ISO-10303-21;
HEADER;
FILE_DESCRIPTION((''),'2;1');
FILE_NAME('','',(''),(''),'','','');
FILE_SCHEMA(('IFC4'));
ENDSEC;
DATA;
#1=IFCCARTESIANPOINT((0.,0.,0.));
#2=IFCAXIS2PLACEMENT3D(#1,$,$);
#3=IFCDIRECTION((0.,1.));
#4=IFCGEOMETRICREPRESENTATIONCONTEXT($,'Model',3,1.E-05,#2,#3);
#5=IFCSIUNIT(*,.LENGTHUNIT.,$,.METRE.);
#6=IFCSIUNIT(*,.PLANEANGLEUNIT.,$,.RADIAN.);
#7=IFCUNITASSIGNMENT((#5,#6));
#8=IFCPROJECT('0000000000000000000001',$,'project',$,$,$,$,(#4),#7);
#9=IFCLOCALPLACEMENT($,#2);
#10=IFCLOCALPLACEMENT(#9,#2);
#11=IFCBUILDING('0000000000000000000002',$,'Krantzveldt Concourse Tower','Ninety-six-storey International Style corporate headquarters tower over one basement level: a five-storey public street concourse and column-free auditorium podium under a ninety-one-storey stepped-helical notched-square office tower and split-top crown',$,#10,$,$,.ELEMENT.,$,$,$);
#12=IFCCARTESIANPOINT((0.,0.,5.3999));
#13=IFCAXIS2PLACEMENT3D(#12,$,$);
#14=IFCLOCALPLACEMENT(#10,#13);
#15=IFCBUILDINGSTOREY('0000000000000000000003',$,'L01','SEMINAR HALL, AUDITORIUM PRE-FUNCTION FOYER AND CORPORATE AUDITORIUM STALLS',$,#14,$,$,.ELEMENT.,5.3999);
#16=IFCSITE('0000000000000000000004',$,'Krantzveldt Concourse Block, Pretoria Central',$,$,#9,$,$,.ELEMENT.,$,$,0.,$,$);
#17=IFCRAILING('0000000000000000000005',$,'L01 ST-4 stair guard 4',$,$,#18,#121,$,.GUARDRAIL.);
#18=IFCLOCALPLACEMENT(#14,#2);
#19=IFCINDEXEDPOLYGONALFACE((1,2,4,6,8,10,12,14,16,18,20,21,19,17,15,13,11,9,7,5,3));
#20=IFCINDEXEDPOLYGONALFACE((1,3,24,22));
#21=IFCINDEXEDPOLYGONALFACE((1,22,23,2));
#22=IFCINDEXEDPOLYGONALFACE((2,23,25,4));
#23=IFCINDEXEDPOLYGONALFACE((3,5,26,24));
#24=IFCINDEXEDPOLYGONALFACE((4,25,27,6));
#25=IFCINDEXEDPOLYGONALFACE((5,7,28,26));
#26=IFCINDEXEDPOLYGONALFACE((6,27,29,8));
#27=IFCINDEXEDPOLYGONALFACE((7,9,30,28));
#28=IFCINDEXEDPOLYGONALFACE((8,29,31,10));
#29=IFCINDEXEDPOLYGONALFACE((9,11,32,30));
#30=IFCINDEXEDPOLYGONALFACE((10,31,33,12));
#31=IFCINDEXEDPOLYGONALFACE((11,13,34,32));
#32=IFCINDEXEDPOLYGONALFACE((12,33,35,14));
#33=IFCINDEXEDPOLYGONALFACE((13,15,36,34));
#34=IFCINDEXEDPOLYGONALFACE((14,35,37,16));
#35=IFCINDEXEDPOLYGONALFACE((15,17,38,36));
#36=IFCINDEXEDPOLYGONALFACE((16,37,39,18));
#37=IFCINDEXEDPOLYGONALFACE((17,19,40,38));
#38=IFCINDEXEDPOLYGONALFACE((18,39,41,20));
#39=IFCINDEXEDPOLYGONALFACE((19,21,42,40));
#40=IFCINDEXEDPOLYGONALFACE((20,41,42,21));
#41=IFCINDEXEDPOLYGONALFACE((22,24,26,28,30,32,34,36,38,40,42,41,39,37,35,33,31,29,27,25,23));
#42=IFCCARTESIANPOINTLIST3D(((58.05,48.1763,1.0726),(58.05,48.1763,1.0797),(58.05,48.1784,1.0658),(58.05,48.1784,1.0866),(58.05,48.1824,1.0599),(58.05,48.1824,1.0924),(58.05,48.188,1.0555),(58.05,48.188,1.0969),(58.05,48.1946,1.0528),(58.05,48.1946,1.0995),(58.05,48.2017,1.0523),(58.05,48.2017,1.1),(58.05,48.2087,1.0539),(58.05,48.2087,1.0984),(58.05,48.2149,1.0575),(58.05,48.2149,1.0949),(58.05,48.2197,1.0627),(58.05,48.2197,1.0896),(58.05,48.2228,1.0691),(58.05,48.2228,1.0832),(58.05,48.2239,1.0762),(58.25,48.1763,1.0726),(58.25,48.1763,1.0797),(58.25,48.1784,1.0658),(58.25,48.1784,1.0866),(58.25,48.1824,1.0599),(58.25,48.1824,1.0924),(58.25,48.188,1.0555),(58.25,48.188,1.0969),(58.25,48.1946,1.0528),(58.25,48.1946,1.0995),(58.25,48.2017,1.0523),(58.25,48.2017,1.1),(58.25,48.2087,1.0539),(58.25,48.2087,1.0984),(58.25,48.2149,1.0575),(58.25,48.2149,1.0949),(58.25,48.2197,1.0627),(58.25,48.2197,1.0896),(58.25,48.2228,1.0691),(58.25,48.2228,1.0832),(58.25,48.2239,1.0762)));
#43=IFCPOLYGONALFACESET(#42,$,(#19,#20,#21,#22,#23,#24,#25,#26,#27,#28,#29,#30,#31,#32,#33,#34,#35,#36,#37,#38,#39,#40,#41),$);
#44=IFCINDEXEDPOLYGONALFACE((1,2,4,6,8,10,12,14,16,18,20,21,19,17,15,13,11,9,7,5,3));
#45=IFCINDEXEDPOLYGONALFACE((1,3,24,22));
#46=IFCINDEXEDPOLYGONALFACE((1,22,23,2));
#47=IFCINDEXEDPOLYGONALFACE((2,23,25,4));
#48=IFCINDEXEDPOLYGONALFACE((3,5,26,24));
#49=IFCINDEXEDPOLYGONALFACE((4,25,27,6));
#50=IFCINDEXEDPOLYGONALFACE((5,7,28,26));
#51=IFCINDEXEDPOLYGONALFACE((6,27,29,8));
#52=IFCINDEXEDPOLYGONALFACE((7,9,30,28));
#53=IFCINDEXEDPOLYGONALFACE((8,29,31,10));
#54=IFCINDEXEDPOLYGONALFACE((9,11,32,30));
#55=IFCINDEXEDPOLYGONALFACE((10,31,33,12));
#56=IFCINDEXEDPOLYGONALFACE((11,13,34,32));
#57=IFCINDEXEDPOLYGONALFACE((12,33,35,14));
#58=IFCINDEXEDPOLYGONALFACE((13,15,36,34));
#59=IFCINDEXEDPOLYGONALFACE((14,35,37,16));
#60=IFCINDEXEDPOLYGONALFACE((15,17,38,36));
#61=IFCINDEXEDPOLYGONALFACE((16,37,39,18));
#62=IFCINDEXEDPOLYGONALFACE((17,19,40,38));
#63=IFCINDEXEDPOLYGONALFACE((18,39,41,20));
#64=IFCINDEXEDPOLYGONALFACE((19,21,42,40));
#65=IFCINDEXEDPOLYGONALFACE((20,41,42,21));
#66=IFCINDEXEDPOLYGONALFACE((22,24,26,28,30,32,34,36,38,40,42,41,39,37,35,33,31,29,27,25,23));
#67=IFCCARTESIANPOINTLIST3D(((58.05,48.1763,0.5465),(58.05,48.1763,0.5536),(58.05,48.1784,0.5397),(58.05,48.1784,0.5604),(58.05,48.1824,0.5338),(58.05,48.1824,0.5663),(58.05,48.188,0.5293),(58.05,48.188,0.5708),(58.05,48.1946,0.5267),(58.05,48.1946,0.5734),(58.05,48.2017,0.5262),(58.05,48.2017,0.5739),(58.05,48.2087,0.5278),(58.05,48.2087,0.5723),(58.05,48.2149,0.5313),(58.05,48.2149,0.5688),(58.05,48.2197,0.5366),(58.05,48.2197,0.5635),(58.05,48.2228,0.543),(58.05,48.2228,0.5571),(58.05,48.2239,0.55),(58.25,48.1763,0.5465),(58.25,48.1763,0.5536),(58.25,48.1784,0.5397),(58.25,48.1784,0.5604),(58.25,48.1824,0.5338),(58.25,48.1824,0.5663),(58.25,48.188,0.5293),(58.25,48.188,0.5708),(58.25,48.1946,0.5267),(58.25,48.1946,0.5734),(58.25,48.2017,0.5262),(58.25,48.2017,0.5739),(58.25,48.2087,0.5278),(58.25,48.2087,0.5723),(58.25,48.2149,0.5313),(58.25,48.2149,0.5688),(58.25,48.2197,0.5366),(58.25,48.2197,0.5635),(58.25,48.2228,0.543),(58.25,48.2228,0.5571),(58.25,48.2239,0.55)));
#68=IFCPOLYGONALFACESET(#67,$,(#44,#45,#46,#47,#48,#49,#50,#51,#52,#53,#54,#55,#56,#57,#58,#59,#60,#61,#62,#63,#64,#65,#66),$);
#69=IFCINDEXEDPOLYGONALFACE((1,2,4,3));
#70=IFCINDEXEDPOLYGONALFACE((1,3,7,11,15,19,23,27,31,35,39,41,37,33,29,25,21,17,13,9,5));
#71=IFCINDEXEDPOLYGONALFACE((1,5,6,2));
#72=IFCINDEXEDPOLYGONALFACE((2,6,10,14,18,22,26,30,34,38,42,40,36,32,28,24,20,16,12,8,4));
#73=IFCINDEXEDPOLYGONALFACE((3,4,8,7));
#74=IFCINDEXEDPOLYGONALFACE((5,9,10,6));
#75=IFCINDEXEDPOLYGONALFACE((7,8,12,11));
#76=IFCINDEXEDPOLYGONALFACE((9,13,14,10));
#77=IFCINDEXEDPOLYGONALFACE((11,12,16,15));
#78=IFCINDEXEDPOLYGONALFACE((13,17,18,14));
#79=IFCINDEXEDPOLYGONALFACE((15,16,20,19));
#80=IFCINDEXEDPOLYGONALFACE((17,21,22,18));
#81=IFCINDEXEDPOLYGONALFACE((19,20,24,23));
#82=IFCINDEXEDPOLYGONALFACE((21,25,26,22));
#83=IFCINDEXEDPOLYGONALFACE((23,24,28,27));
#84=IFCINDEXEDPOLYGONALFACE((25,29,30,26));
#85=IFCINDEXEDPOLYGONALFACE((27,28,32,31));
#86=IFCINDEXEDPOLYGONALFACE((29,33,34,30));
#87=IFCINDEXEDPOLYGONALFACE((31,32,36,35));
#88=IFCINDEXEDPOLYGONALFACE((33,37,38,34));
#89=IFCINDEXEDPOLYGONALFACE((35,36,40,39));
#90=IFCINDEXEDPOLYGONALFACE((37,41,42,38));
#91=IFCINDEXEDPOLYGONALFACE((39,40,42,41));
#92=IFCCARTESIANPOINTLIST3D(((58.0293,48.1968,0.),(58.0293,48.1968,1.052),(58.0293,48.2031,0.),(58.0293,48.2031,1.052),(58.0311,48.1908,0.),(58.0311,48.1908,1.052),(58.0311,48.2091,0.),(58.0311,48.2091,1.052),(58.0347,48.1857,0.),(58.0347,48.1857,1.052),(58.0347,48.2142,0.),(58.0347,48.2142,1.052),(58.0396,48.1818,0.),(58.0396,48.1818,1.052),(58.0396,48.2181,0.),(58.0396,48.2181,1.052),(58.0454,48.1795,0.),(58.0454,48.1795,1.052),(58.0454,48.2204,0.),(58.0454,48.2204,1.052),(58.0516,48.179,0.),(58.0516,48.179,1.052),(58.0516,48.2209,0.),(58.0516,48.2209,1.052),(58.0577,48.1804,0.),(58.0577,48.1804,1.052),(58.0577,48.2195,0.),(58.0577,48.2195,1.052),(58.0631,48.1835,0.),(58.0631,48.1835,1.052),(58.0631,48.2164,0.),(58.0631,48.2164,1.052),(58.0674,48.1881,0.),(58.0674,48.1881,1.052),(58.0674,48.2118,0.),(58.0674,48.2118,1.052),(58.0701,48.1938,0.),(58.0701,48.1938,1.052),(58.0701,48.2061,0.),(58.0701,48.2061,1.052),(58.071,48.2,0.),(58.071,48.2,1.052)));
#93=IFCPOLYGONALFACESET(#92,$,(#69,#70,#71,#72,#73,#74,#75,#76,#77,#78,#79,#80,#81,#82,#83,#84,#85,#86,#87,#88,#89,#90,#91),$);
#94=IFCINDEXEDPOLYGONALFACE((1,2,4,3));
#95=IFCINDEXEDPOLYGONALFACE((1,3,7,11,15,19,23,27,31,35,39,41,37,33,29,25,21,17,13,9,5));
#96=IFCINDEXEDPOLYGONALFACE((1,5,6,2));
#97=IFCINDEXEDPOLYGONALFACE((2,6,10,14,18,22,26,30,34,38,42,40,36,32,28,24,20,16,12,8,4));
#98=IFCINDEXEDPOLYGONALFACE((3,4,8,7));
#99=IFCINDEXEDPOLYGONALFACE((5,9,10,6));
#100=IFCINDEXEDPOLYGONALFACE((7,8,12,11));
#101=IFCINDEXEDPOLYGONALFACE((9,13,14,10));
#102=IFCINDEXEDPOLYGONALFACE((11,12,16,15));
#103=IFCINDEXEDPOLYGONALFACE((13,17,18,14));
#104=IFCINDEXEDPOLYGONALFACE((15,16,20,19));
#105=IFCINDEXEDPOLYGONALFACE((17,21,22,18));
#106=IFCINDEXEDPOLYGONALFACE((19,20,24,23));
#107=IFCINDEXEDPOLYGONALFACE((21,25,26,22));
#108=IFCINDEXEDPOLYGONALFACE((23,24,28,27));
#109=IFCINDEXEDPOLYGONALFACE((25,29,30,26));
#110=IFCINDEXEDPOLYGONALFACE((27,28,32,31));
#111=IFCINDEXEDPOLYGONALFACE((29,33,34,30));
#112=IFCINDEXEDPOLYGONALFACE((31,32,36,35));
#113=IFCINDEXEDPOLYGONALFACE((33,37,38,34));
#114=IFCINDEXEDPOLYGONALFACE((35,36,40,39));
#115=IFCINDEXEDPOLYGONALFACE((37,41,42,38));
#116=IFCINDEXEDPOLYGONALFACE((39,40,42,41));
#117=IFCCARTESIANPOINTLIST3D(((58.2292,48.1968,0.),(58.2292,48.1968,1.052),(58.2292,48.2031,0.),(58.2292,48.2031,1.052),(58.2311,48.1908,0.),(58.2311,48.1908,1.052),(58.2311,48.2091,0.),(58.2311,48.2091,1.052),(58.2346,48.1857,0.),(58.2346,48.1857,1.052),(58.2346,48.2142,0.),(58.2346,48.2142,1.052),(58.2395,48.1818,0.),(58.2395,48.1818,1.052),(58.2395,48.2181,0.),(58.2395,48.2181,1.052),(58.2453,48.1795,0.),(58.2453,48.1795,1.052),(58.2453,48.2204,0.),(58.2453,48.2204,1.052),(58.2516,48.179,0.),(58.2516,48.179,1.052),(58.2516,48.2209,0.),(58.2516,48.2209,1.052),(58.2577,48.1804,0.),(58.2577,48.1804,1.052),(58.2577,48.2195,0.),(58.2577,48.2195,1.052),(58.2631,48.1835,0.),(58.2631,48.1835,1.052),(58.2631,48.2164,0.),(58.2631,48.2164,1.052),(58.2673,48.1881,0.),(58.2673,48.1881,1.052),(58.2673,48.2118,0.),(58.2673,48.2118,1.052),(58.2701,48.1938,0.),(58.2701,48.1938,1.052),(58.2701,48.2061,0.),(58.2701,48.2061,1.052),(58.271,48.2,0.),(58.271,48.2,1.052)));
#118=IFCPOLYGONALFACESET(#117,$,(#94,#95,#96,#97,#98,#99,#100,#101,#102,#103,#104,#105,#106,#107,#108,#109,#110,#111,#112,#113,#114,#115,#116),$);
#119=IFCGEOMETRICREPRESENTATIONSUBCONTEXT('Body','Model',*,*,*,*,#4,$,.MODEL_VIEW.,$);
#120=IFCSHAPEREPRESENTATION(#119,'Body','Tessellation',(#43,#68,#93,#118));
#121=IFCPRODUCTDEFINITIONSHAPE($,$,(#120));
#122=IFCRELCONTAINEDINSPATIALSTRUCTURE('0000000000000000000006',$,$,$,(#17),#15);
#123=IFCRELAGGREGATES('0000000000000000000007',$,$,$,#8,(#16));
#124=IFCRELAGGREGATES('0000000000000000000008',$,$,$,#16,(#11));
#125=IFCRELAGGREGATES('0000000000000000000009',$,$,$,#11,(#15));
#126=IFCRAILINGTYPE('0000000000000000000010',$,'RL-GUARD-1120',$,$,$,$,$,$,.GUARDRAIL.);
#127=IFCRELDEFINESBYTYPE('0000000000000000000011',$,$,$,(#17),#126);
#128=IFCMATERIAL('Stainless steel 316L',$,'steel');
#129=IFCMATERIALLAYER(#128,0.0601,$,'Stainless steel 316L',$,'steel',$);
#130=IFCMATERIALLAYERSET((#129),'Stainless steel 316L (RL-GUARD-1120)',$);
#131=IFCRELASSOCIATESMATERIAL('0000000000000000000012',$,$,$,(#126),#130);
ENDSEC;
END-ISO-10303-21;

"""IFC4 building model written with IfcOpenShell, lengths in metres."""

from ifc_helpers import new_model, si_unit, direction, frame, origin, origin_2d, place, context, subcontext, project, spatial, circle, extrude, material, layer, layer_set, type_object, element, save


model = new_model("IFC4")

# Units and contexts
model_context = context("Model", 3, precision=1e-05, world=origin(), true_north=direction((0.0, 1.0)))
body_context = subcontext(model_context, "Body", "Model", "MODEL_VIEW")
ifc_project = project(units=[si_unit("LENGTHUNIT", "METRE"), si_unit("PLANEANGLEUNIT", "RADIAN")], contexts=[model_context])

# Site, building, storey
site_placement = place(None, origin())
site = spatial("IfcSite", under=ifc_project, at=site_placement, Name="Krantzveldt Concourse Block, Pretoria Central", CompositionType="ELEMENT", RefElevation=0.0)
building_placement = place(site_placement, origin())
building = spatial("IfcBuilding", under=site, at=building_placement, Name="Krantzveldt Concourse Tower", Description="Ninety-six-storey International Style corporate headquarters tower over one basement level: a five-storey public street concourse and column-free auditorium podium under a ninety-one-storey stepped-helical notched-square office tower and split-top crown", CompositionType="ELEMENT")
storey_placement = place(building_placement, frame((0.0, 0.0, 5.3999)))
storey = spatial("IfcBuildingStorey", under=building, at=storey_placement, Name="L01", Description="SEMINAR HALL, AUDITORIUM PRE-FUNCTION FOYER AND CORPORATE AUDITORIUM STALLS", CompositionType="ELEMENT", Elevation=5.3999)

# Railing
ifc_material_1 = material(Name="Stainless steel 316L", Category="steel")
ifc_layer_1 = layer(ifc_material_1, 0.0601, Name="Stainless steel 316L", Category="steel")
ifc_layer_set_1 = layer_set([ifc_layer_1], Name="Stainless steel 316L (RL-GUARD-1120)")
railing_type_1 = type_object("IfcRailingType", Name="RL-GUARD-1120", PredefinedType="GUARDRAIL", material=ifc_layer_set_1)
railing_1_placement = place(storey_placement, frame((58.05, 48.2, 0.0)))
element("IfcRailing", 1, at=railing_1_placement, inside=storey, type_object=railing_type_1, Name="L01 ST-4 stair guard 4", PredefinedType="GUARDRAIL", context=body_context, shape_type="SweptSolid", body=[
    extrude(circle(Radius=0.0239, at=origin_2d()), frame((0.0, 0.0, 1.0762), z_axis=(1.0, 0.0, 0.0), x_axis=(0.0, 1.0, 0.0)), (0.0, 0.0, 1.0), 0.2),
    extrude(circle(Radius=0.0239, at=origin_2d()), frame((0.0, 0.0, 0.55), z_axis=(1.0, 0.0, 0.0), x_axis=(0.0, 1.0, 0.0)), (0.0, 0.0, 1.0), 0.2),
    extrude(circle(Radius=0.021, at=origin_2d()), origin(), (0.0, 0.0, 1.0), 1.052),
    extrude(circle(Radius=0.021, at=origin_2d()), frame((0.2, 0.0, 0.0)), (0.0, 0.0, 1.0), 1.052),
])

save(model, "model.ifc")
